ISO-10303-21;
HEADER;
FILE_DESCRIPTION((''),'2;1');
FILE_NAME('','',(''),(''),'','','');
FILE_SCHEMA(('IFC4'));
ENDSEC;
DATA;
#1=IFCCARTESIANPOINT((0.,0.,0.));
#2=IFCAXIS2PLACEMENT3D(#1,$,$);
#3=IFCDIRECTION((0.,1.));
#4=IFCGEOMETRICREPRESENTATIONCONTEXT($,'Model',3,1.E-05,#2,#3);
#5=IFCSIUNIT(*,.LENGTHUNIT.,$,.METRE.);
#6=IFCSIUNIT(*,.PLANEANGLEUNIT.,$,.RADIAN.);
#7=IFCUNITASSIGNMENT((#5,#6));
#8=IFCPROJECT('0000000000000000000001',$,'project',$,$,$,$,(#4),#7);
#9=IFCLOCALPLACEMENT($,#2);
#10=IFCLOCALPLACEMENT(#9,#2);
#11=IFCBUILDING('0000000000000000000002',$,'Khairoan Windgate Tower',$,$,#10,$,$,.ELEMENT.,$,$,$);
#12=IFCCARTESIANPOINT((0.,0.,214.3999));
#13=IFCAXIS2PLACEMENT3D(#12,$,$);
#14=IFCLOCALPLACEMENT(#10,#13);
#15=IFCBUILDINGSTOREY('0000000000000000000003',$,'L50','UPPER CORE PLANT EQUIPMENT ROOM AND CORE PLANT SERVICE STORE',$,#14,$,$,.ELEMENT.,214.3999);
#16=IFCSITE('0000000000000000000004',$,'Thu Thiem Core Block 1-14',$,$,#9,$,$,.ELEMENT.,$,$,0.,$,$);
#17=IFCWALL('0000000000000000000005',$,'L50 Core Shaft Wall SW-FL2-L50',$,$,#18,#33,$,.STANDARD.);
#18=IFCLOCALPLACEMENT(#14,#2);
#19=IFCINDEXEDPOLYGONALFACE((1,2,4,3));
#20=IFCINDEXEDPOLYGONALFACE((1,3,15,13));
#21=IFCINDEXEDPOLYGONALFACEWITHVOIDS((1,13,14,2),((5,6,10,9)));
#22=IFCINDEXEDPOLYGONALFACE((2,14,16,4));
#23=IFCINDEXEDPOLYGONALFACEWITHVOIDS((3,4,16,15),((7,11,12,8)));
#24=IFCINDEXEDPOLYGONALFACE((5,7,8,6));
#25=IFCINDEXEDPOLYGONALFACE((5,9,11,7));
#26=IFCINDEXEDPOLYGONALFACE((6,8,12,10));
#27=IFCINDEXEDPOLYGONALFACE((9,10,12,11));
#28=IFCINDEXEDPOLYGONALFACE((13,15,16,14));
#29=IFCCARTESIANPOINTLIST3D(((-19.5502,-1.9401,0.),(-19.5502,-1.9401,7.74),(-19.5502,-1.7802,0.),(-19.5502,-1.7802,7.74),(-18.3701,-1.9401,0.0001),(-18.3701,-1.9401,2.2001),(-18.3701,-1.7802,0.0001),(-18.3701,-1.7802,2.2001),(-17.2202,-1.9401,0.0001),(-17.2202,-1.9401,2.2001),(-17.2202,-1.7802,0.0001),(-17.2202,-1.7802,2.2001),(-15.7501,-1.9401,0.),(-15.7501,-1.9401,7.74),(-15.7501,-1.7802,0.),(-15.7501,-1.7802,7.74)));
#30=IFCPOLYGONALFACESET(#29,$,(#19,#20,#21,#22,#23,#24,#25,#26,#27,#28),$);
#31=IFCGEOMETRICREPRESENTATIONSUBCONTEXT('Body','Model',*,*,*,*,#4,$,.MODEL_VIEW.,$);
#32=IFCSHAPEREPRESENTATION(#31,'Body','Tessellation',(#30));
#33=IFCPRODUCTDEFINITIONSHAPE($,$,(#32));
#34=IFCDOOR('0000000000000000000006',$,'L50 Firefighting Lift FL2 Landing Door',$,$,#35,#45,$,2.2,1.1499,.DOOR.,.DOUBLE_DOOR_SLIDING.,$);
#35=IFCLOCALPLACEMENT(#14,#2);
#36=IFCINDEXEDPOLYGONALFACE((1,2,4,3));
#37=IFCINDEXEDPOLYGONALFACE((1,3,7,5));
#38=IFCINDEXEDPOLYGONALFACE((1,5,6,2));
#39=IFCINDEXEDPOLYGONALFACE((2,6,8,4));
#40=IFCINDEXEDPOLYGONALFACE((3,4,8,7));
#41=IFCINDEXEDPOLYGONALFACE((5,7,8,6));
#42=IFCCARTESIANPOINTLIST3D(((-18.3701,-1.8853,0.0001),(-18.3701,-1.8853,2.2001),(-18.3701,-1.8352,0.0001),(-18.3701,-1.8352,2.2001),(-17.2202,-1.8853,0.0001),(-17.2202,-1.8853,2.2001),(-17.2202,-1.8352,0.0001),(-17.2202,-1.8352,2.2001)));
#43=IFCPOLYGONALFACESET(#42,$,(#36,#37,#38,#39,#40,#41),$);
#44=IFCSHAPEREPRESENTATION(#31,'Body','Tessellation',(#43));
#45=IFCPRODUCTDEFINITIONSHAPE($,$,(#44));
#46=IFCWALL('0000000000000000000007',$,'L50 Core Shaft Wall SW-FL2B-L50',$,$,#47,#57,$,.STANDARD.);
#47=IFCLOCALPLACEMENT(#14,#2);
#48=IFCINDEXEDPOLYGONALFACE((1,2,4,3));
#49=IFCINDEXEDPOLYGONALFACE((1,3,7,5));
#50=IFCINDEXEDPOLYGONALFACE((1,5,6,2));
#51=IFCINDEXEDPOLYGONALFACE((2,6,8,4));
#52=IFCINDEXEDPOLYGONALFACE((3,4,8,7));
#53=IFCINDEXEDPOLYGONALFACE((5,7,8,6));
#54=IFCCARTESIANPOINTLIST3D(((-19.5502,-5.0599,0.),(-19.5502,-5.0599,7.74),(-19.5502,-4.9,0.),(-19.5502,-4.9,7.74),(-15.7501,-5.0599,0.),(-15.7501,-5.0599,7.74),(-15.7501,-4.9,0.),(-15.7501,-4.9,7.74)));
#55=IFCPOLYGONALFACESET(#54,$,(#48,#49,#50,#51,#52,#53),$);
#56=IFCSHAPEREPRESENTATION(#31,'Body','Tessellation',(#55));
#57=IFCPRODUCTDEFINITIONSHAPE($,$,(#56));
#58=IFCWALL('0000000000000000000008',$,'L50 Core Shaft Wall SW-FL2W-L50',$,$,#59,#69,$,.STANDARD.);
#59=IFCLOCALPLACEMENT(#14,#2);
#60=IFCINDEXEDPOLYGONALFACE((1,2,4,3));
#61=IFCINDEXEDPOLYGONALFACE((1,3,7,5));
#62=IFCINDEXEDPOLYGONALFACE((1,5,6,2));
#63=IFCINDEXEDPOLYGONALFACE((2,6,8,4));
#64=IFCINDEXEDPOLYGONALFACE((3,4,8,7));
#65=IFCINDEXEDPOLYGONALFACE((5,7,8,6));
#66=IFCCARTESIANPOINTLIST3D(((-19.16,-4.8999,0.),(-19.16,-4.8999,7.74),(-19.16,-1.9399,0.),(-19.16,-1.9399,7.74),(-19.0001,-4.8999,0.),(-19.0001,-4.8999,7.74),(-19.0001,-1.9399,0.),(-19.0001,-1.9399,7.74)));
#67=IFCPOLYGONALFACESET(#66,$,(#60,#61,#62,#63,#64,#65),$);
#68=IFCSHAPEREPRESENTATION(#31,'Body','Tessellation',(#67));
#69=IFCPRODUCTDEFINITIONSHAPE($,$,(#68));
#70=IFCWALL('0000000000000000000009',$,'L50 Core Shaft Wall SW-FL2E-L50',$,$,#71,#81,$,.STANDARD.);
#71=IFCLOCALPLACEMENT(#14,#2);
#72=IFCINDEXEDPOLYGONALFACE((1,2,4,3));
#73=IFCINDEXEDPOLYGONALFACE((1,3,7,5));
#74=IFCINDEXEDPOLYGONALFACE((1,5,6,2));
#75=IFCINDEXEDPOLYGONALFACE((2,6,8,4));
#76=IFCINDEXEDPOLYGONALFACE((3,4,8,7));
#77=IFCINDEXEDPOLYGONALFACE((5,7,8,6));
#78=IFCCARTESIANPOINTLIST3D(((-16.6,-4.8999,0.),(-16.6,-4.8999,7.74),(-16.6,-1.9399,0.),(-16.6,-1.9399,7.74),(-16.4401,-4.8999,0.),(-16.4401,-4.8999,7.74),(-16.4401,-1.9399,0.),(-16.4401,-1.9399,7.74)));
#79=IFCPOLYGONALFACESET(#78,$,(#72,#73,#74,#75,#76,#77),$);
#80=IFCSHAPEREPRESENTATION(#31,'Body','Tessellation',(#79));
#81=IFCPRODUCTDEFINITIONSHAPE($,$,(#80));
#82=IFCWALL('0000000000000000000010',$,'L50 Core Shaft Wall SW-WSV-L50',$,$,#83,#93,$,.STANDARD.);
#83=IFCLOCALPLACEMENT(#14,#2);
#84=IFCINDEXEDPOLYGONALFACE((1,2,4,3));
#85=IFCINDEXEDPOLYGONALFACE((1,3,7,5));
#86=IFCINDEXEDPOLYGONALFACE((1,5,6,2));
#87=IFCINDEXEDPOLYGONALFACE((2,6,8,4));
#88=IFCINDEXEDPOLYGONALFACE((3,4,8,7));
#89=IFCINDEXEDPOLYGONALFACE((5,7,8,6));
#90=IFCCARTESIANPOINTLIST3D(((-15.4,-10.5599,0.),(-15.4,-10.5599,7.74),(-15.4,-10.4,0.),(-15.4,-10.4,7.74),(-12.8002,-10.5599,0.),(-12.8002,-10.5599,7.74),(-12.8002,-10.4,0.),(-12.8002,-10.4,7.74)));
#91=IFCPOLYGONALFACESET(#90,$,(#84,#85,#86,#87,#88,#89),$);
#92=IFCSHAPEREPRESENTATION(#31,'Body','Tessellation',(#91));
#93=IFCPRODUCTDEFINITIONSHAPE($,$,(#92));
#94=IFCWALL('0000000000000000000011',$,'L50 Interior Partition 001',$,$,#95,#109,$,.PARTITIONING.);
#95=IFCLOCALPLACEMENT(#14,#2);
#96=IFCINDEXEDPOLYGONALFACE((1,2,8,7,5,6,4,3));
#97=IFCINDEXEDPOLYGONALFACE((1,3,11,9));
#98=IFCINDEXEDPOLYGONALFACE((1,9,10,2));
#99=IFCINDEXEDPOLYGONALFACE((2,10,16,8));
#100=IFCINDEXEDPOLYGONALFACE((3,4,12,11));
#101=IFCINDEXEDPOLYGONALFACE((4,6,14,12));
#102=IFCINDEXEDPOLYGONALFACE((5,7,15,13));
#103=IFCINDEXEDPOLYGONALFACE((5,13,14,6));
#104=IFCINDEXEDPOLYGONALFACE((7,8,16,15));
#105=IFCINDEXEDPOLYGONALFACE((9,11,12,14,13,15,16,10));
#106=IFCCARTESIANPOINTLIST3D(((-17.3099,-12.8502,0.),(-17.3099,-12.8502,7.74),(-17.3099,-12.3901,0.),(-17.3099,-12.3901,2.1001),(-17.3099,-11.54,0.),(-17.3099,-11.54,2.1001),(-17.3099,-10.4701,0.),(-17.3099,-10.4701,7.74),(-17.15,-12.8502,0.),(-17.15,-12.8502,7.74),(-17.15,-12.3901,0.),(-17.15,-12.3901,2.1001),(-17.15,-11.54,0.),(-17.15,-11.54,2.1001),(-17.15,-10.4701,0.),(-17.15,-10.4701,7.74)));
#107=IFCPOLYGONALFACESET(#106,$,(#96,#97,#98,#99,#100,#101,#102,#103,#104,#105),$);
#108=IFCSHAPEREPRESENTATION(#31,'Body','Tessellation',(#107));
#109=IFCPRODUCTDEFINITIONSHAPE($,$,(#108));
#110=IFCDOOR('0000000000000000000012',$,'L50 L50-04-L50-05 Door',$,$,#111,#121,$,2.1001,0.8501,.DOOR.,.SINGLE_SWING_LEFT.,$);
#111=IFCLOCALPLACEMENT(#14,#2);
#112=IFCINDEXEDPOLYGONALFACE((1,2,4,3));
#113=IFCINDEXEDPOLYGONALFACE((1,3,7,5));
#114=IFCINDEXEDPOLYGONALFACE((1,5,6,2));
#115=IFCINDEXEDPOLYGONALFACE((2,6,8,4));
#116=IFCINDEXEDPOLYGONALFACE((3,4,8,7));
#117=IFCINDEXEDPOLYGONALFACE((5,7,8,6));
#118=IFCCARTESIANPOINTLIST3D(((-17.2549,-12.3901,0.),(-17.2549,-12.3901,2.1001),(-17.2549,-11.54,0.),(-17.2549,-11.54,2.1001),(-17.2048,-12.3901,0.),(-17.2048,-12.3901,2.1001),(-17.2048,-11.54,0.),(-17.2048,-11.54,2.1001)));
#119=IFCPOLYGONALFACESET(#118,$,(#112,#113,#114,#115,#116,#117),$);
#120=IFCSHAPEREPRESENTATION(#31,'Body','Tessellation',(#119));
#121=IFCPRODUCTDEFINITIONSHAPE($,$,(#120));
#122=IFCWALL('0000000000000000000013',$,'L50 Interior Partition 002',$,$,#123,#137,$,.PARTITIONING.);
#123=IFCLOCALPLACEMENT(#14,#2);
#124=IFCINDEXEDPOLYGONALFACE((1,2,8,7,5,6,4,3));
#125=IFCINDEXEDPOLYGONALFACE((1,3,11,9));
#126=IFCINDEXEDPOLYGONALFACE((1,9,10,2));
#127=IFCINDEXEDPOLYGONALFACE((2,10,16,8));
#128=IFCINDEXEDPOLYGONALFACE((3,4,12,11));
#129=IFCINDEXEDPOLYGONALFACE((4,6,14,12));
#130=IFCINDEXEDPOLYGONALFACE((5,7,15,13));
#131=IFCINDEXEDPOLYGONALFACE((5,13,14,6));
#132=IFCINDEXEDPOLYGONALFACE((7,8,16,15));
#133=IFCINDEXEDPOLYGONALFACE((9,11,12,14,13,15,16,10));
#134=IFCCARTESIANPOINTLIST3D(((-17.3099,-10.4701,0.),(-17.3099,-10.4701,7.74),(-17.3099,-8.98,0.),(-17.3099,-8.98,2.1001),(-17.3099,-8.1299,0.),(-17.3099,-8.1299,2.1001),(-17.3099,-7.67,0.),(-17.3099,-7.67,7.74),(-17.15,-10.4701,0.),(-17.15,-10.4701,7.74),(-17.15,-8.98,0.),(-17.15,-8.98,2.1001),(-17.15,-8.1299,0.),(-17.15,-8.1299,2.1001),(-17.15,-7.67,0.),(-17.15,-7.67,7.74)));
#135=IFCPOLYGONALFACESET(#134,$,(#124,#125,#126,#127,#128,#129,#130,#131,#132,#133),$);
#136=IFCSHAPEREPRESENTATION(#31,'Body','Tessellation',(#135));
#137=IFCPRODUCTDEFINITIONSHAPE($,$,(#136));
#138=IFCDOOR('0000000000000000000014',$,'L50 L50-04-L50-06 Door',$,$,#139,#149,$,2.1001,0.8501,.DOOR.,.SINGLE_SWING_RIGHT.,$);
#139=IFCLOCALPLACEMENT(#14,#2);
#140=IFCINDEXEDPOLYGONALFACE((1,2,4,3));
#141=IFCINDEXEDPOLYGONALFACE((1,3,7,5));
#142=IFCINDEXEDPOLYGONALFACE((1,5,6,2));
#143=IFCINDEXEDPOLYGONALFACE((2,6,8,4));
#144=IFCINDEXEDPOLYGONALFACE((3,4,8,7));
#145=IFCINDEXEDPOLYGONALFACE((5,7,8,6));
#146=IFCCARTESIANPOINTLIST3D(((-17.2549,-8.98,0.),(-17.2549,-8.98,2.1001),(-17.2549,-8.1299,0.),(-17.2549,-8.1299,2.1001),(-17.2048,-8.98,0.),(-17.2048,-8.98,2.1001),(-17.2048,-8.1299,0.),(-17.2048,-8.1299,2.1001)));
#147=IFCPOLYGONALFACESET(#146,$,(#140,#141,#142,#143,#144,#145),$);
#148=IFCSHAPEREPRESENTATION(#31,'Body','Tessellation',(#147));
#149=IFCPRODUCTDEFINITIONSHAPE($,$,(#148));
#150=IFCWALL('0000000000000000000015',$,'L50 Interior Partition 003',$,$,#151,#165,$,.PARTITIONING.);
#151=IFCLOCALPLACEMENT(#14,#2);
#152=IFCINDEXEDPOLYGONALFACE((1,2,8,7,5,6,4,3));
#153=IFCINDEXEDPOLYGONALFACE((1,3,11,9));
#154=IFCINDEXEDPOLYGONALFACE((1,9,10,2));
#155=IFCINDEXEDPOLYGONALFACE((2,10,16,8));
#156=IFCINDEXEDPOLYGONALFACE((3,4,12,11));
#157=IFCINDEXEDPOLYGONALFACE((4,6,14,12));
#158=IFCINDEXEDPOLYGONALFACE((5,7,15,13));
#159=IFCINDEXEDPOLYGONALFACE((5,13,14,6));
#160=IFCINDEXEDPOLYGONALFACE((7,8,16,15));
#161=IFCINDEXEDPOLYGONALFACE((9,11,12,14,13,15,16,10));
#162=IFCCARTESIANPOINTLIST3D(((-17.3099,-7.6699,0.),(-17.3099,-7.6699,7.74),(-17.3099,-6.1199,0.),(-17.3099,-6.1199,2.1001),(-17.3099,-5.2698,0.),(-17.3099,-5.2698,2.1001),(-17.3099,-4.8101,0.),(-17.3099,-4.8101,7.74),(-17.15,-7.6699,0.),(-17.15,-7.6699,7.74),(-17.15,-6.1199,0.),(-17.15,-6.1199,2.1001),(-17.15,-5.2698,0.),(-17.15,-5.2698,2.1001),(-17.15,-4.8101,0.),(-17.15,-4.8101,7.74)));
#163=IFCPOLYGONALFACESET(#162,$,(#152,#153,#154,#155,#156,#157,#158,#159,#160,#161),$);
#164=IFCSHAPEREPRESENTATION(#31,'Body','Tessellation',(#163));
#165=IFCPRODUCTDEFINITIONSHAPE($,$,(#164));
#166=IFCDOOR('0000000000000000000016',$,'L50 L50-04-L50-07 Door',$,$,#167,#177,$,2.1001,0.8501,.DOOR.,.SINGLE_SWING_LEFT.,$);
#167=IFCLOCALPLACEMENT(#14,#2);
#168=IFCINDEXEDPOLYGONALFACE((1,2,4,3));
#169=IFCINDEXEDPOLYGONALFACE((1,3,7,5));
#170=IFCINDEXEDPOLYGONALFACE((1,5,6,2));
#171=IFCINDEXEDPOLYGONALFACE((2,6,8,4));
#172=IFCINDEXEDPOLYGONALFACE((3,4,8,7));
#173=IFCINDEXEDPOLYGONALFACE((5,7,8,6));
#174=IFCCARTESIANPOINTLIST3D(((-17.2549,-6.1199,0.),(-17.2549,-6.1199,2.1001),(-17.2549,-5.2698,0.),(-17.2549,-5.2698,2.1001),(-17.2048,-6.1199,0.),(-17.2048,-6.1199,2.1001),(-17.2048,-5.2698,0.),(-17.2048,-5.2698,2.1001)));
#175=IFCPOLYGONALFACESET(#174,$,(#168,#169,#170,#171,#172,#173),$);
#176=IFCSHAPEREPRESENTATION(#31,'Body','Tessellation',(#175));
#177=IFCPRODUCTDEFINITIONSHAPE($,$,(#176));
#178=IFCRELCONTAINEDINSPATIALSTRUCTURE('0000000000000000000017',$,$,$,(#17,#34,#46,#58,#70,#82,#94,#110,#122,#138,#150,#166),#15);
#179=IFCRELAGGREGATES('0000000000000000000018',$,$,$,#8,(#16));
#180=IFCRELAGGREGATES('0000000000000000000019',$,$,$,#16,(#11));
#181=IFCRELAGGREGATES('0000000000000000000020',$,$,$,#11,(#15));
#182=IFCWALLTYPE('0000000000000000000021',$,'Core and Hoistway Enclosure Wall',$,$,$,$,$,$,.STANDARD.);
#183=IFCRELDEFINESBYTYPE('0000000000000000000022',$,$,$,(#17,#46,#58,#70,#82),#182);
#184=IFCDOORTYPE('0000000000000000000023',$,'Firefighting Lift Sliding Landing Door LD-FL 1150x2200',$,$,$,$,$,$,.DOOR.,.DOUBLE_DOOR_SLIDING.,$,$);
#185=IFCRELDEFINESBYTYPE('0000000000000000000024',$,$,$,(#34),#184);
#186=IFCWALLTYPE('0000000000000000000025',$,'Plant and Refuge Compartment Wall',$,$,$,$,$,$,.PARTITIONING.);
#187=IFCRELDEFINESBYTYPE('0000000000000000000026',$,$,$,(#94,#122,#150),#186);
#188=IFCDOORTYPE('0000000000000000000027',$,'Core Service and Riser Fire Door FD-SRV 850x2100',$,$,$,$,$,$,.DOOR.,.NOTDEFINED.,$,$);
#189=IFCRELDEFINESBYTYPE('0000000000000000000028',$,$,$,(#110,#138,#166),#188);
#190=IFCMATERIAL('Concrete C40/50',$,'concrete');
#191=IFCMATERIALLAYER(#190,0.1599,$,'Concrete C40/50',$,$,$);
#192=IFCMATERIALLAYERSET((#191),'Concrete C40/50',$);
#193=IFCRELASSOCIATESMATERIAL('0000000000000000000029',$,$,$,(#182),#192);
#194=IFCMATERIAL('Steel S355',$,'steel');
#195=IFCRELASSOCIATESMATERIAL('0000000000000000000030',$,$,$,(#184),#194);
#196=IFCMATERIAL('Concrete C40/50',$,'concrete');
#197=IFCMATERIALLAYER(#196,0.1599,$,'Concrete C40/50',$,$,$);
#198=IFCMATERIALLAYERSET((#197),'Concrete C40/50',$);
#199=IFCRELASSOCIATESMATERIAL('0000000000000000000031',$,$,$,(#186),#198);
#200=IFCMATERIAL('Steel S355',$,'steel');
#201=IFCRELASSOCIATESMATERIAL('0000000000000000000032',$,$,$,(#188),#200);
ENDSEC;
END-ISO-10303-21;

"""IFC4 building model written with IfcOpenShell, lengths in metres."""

from ifc_helpers import new_model, si_unit, direction, frame, frame_2d, origin, place, context, subcontext, project, spatial, rectangle, extrude, material, layer, layer_set, type_object, element, fill, save


model = new_model("IFC4")

# Units and contexts
model_context = context("Model", 3, precision=1e-05, world=origin(), true_north=direction((0.0, 1.0)))
body_context = subcontext(model_context, "Body", "Model", "MODEL_VIEW")
ifc_project = project(units=[si_unit("LENGTHUNIT", "METRE"), si_unit("PLANEANGLEUNIT", "RADIAN")], contexts=[model_context])

# Site, building, storey
site_placement = place(None, origin())
site = spatial("IfcSite", under=ifc_project, at=site_placement, Name="Thu Thiem Core Block 1-14", CompositionType="ELEMENT", RefElevation=0.0)
building_placement = place(site_placement, origin())
building = spatial("IfcBuilding", under=site, at=building_placement, Name="Khairoan Windgate Tower", CompositionType="ELEMENT")
storey_placement = place(building_placement, frame((0.0, 0.0, 214.3999)))
storey = spatial("IfcBuildingStorey", under=building, at=storey_placement, Name="L50", Description="UPPER CORE PLANT EQUIPMENT ROOM AND CORE PLANT SERVICE STORE", CompositionType="ELEMENT", Elevation=214.3999)

# Wall, opening, door
ifc_material_1 = material(Name="Concrete C40/50", Category="concrete")
ifc_layer_1 = layer(ifc_material_1, 0.1599, Name="Concrete C40/50")
ifc_layer_set_1 = layer_set([ifc_layer_1], Name="Concrete C40/50")
wall_type_1 = type_object("IfcWallType", Name="Core and Hoistway Enclosure Wall", PredefinedType="STANDARD", material=ifc_layer_set_1)
wall_1_placement = place(storey_placement, frame((-19.55, -1.8601, 0.0), z_axis=(0.0, 0.0, 1.0), x_axis=(1.0, 0.0, 0.0)))
wall_1 = element("IfcWall", 1, at=wall_1_placement, inside=storey, type_object=wall_type_1, Name="L50 Core Shaft Wall SW-FL2-L50", PredefinedType="STANDARD", context=body_context, shape_type="SweptSolid", body=[
    extrude(rectangle(XDim=3.8, YDim=0.1599, at=frame_2d((1.8999, 0.0))), origin(), (0.0, 0.0, 1.0), 7.74),
])
opening_1_placement = place(wall_1_placement, frame((1.1799, 0.0, 0.0)))
opening_1 = element("IfcOpeningElement", 2, at=opening_1_placement, cuts=wall_1, PredefinedType="OPENING", context=body_context, shape_type="SweptSolid", body=[
    extrude(rectangle(XDim=1.1499, YDim=2.2, at=frame_2d((0.575, 1.1001))), frame((0.0, 0.0898, 0.0), z_axis=(0.0, -1.0, 0.0), x_axis=(1.0, 0.0, 0.0)), (0.0, 0.0, 1.0), 0.1799),
])
ifc_material_2 = material(Name="Steel S355", Category="steel")
door_type_1 = type_object("IfcDoorType", Name="Firefighting Lift Sliding Landing Door LD-FL 1150x2200", OperationType="DOUBLE_DOOR_SLIDING", PredefinedType="DOOR", material=ifc_material_2)
door_1_placement = place(opening_1_placement, origin())
door_1 = element("IfcDoor", 3, at=door_1_placement, inside=storey, type_object=door_type_1, Name="L50 Firefighting Lift FL2 Landing Door", OperationType="DOUBLE_DOOR_SLIDING", OverallHeight=2.2, OverallWidth=1.1499, PredefinedType="DOOR", context=body_context, shape_type="SweptSolid", body=[
    extrude(rectangle(XDim=1.1499, YDim=2.2, at=frame_2d((0.575, 1.1001))), frame((0.0, 0.0249, 0.0), z_axis=(0.0, -1.0, 0.0), x_axis=(1.0, 0.0, 0.0)), (0.0, 0.0, 1.0), 0.05),
])
fill(opening_1, door_1)

# Walls
wall_2_placement = place(storey_placement, frame((-19.55, -4.98, 0.0), z_axis=(0.0, 0.0, 1.0), x_axis=(1.0, 0.0, 0.0)))
element("IfcWall", 4, at=wall_2_placement, inside=storey, type_object=wall_type_1, Name="L50 Core Shaft Wall SW-FL2B-L50", PredefinedType="STANDARD", context=body_context, shape_type="SweptSolid", body=[
    extrude(rectangle(XDim=3.8, YDim=0.1599, at=frame_2d((1.8999, 0.0))), origin(), (0.0, 0.0, 1.0), 7.74),
])
for number, where, z_axis, x_axis, name in (
    (5, (-19.0801, -4.8999, 0.0), (0.0, 0.0, 1.0), (0.0, 1.0, 0.0), "L50 Core Shaft Wall SW-FL2W-L50"),
    (6, (-16.52, -4.8999, 0.0), (0.0, 0.0, 1.0), (0.0, 1.0, 0.0), "L50 Core Shaft Wall SW-FL2E-L50"),
):
    element("IfcWall", number, at=place(storey_placement, frame(where, z_axis=z_axis, x_axis=x_axis)), inside=storey, type_object=wall_type_1, Name=name, PredefinedType="STANDARD", context=body_context, shape_type="SweptSolid", body=[
        extrude(rectangle(XDim=2.96, YDim=0.1599, at=frame_2d((1.48, 0.0))), origin(), (0.0, 0.0, 1.0), 7.74),
    ])
wall_3_placement = place(storey_placement, frame((-15.3999, -10.48, 0.0), z_axis=(0.0, 0.0, 1.0), x_axis=(1.0, 0.0, 0.0)))
element("IfcWall", 7, at=wall_3_placement, inside=storey, type_object=wall_type_1, Name="L50 Core Shaft Wall SW-WSV-L50", PredefinedType="STANDARD", context=body_context, shape_type="SweptSolid", body=[
    extrude(rectangle(XDim=2.5999, YDim=0.1599, at=frame_2d((1.2998, 0.0))), origin(), (0.0, 0.0, 1.0), 7.74),
])

# Walls, openings, doors
ifc_material_3 = material(Name="Concrete C40/50", Category="concrete")
ifc_layer_2 = layer(ifc_material_3, 0.1599, Name="Concrete C40/50")
ifc_layer_set_2 = layer_set([ifc_layer_2], Name="Concrete C40/50")
wall_type_2 = type_object("IfcWallType", Name="Plant and Refuge Compartment Wall", PredefinedType="PARTITIONING", material=ifc_layer_set_2)
wall_4_placement = place(storey_placement, frame((-17.23, -12.8501, 0.0), z_axis=(0.0, 0.0, 1.0), x_axis=(0.0, 1.0, 0.0)))
wall_4 = element("IfcWall", 8, at=wall_4_placement, inside=storey, type_object=wall_type_2, Name="L50 Interior Partition 001", PredefinedType="PARTITIONING", context=body_context, shape_type="SweptSolid", body=[
    extrude(rectangle(XDim=2.3801, YDim=0.1599, at=frame_2d((1.1899, 0.0))), origin(), (0.0, 0.0, 1.0), 7.74),
])
opening_2_placement = place(wall_4_placement, frame((0.46, 0.0, 0.0)))
opening_2 = element("IfcOpeningElement", 9, at=opening_2_placement, cuts=wall_4, PredefinedType="OPENING", context=body_context, shape_type="SweptSolid", body=[
    extrude(rectangle(XDim=0.8501, YDim=2.1001, at=frame_2d((0.425, 1.05))), frame((0.0, 0.0898, 0.0), z_axis=(0.0, -1.0, 0.0), x_axis=(1.0, 0.0, 0.0)), (0.0, 0.0, 1.0), 0.1799),
])
ifc_material_4 = material(Name="Steel S355", Category="steel")
door_type_2 = type_object("IfcDoorType", Name="Core Service and Riser Fire Door FD-SRV 850x2100", OperationType="NOTDEFINED", PredefinedType="DOOR", material=ifc_material_4)
door_2_placement = place(opening_2_placement, origin())
door_2 = element("IfcDoor", 10, at=door_2_placement, inside=storey, type_object=door_type_2, Name="L50 L50-04-L50-05 Door", OperationType="SINGLE_SWING_LEFT", OverallHeight=2.1001, OverallWidth=0.8501, PredefinedType="DOOR", context=body_context, shape_type="SweptSolid", body=[
    extrude(rectangle(XDim=0.8501, YDim=2.1001, at=frame_2d((0.425, 1.05))), frame((0.0, 0.0249, 0.0), z_axis=(0.0, -1.0, 0.0), x_axis=(1.0, 0.0, 0.0)), (0.0, 0.0, 1.0), 0.05),
])
fill(opening_2, door_2)
wall_5_placement = place(storey_placement, frame((-17.23, -10.47, 0.0), z_axis=(0.0, 0.0, 1.0), x_axis=(0.0, 1.0, 0.0)))
wall_5 = element("IfcWall", 11, at=wall_5_placement, inside=storey, type_object=wall_type_2, Name="L50 Interior Partition 002", PredefinedType="PARTITIONING", context=body_context, shape_type="SweptSolid", body=[
    extrude(rectangle(XDim=2.8, YDim=0.1599, at=frame_2d((1.3999, 0.0))), origin(), (0.0, 0.0, 1.0), 7.74),
])
opening_3_placement = place(wall_5_placement, frame((1.49, 0.0, 0.0)))
opening_3 = element("IfcOpeningElement", 12, at=opening_3_placement, cuts=wall_5, PredefinedType="OPENING", context=body_context, shape_type="SweptSolid", body=[
    extrude(rectangle(XDim=0.8501, YDim=2.1001, at=frame_2d((0.425, 1.05))), frame((0.0, 0.0898, 0.0), z_axis=(0.0, -1.0, 0.0), x_axis=(1.0, 0.0, 0.0)), (0.0, 0.0, 1.0), 0.1799),
])
door_3_placement = place(opening_3_placement, origin())
door_3 = element("IfcDoor", 13, at=door_3_placement, inside=storey, type_object=door_type_2, Name="L50 L50-04-L50-06 Door", OperationType="SINGLE_SWING_RIGHT", OverallHeight=2.1001, OverallWidth=0.8501, PredefinedType="DOOR", context=body_context, shape_type="SweptSolid", body=[
    extrude(rectangle(XDim=0.8501, YDim=2.1001, at=frame_2d((0.425, 1.05))), frame((0.0, 0.0249, 0.0), z_axis=(0.0, -1.0, 0.0), x_axis=(1.0, 0.0, 0.0)), (0.0, 0.0, 1.0), 0.05),
])
fill(opening_3, door_3)
wall_6_placement = place(storey_placement, frame((-17.23, -7.6699, 0.0), z_axis=(0.0, 0.0, 1.0), x_axis=(0.0, 1.0, 0.0)))
wall_6 = element("IfcWall", 14, at=wall_6_placement, inside=storey, type_object=wall_type_2, Name="L50 Interior Partition 003", PredefinedType="PARTITIONING", context=body_context, shape_type="SweptSolid", body=[
    extrude(rectangle(XDim=2.8599, YDim=0.1599, at=frame_2d((1.4299, 0.0))), origin(), (0.0, 0.0, 1.0), 7.74),
])
opening_4_placement = place(wall_6_placement, frame((1.55, 0.0, 0.0)))
opening_4 = element("IfcOpeningElement", 15, at=opening_4_placement, cuts=wall_6, PredefinedType="OPENING", context=body_context, shape_type="SweptSolid", body=[
    extrude(rectangle(XDim=0.8501, YDim=2.1001, at=frame_2d((0.425, 1.05))), frame((0.0, 0.0898, 0.0), z_axis=(0.0, -1.0, 0.0), x_axis=(1.0, 0.0, 0.0)), (0.0, 0.0, 1.0), 0.1799),
])
door_4_placement = place(opening_4_placement, origin())
door_4 = element("IfcDoor", 16, at=door_4_placement, inside=storey, type_object=door_type_2, Name="L50 L50-04-L50-07 Door", OperationType="SINGLE_SWING_LEFT", OverallHeight=2.1001, OverallWidth=0.8501, PredefinedType="DOOR", context=body_context, shape_type="SweptSolid", body=[
    extrude(rectangle(XDim=0.8501, YDim=2.1001, at=frame_2d((0.425, 1.05))), frame((0.0, 0.0249, 0.0), z_axis=(0.0, -1.0, 0.0), x_axis=(1.0, 0.0, 0.0)), (0.0, 0.0, 1.0), 0.05),
])
fill(opening_4, door_4)

save(model, "model.ifc")
